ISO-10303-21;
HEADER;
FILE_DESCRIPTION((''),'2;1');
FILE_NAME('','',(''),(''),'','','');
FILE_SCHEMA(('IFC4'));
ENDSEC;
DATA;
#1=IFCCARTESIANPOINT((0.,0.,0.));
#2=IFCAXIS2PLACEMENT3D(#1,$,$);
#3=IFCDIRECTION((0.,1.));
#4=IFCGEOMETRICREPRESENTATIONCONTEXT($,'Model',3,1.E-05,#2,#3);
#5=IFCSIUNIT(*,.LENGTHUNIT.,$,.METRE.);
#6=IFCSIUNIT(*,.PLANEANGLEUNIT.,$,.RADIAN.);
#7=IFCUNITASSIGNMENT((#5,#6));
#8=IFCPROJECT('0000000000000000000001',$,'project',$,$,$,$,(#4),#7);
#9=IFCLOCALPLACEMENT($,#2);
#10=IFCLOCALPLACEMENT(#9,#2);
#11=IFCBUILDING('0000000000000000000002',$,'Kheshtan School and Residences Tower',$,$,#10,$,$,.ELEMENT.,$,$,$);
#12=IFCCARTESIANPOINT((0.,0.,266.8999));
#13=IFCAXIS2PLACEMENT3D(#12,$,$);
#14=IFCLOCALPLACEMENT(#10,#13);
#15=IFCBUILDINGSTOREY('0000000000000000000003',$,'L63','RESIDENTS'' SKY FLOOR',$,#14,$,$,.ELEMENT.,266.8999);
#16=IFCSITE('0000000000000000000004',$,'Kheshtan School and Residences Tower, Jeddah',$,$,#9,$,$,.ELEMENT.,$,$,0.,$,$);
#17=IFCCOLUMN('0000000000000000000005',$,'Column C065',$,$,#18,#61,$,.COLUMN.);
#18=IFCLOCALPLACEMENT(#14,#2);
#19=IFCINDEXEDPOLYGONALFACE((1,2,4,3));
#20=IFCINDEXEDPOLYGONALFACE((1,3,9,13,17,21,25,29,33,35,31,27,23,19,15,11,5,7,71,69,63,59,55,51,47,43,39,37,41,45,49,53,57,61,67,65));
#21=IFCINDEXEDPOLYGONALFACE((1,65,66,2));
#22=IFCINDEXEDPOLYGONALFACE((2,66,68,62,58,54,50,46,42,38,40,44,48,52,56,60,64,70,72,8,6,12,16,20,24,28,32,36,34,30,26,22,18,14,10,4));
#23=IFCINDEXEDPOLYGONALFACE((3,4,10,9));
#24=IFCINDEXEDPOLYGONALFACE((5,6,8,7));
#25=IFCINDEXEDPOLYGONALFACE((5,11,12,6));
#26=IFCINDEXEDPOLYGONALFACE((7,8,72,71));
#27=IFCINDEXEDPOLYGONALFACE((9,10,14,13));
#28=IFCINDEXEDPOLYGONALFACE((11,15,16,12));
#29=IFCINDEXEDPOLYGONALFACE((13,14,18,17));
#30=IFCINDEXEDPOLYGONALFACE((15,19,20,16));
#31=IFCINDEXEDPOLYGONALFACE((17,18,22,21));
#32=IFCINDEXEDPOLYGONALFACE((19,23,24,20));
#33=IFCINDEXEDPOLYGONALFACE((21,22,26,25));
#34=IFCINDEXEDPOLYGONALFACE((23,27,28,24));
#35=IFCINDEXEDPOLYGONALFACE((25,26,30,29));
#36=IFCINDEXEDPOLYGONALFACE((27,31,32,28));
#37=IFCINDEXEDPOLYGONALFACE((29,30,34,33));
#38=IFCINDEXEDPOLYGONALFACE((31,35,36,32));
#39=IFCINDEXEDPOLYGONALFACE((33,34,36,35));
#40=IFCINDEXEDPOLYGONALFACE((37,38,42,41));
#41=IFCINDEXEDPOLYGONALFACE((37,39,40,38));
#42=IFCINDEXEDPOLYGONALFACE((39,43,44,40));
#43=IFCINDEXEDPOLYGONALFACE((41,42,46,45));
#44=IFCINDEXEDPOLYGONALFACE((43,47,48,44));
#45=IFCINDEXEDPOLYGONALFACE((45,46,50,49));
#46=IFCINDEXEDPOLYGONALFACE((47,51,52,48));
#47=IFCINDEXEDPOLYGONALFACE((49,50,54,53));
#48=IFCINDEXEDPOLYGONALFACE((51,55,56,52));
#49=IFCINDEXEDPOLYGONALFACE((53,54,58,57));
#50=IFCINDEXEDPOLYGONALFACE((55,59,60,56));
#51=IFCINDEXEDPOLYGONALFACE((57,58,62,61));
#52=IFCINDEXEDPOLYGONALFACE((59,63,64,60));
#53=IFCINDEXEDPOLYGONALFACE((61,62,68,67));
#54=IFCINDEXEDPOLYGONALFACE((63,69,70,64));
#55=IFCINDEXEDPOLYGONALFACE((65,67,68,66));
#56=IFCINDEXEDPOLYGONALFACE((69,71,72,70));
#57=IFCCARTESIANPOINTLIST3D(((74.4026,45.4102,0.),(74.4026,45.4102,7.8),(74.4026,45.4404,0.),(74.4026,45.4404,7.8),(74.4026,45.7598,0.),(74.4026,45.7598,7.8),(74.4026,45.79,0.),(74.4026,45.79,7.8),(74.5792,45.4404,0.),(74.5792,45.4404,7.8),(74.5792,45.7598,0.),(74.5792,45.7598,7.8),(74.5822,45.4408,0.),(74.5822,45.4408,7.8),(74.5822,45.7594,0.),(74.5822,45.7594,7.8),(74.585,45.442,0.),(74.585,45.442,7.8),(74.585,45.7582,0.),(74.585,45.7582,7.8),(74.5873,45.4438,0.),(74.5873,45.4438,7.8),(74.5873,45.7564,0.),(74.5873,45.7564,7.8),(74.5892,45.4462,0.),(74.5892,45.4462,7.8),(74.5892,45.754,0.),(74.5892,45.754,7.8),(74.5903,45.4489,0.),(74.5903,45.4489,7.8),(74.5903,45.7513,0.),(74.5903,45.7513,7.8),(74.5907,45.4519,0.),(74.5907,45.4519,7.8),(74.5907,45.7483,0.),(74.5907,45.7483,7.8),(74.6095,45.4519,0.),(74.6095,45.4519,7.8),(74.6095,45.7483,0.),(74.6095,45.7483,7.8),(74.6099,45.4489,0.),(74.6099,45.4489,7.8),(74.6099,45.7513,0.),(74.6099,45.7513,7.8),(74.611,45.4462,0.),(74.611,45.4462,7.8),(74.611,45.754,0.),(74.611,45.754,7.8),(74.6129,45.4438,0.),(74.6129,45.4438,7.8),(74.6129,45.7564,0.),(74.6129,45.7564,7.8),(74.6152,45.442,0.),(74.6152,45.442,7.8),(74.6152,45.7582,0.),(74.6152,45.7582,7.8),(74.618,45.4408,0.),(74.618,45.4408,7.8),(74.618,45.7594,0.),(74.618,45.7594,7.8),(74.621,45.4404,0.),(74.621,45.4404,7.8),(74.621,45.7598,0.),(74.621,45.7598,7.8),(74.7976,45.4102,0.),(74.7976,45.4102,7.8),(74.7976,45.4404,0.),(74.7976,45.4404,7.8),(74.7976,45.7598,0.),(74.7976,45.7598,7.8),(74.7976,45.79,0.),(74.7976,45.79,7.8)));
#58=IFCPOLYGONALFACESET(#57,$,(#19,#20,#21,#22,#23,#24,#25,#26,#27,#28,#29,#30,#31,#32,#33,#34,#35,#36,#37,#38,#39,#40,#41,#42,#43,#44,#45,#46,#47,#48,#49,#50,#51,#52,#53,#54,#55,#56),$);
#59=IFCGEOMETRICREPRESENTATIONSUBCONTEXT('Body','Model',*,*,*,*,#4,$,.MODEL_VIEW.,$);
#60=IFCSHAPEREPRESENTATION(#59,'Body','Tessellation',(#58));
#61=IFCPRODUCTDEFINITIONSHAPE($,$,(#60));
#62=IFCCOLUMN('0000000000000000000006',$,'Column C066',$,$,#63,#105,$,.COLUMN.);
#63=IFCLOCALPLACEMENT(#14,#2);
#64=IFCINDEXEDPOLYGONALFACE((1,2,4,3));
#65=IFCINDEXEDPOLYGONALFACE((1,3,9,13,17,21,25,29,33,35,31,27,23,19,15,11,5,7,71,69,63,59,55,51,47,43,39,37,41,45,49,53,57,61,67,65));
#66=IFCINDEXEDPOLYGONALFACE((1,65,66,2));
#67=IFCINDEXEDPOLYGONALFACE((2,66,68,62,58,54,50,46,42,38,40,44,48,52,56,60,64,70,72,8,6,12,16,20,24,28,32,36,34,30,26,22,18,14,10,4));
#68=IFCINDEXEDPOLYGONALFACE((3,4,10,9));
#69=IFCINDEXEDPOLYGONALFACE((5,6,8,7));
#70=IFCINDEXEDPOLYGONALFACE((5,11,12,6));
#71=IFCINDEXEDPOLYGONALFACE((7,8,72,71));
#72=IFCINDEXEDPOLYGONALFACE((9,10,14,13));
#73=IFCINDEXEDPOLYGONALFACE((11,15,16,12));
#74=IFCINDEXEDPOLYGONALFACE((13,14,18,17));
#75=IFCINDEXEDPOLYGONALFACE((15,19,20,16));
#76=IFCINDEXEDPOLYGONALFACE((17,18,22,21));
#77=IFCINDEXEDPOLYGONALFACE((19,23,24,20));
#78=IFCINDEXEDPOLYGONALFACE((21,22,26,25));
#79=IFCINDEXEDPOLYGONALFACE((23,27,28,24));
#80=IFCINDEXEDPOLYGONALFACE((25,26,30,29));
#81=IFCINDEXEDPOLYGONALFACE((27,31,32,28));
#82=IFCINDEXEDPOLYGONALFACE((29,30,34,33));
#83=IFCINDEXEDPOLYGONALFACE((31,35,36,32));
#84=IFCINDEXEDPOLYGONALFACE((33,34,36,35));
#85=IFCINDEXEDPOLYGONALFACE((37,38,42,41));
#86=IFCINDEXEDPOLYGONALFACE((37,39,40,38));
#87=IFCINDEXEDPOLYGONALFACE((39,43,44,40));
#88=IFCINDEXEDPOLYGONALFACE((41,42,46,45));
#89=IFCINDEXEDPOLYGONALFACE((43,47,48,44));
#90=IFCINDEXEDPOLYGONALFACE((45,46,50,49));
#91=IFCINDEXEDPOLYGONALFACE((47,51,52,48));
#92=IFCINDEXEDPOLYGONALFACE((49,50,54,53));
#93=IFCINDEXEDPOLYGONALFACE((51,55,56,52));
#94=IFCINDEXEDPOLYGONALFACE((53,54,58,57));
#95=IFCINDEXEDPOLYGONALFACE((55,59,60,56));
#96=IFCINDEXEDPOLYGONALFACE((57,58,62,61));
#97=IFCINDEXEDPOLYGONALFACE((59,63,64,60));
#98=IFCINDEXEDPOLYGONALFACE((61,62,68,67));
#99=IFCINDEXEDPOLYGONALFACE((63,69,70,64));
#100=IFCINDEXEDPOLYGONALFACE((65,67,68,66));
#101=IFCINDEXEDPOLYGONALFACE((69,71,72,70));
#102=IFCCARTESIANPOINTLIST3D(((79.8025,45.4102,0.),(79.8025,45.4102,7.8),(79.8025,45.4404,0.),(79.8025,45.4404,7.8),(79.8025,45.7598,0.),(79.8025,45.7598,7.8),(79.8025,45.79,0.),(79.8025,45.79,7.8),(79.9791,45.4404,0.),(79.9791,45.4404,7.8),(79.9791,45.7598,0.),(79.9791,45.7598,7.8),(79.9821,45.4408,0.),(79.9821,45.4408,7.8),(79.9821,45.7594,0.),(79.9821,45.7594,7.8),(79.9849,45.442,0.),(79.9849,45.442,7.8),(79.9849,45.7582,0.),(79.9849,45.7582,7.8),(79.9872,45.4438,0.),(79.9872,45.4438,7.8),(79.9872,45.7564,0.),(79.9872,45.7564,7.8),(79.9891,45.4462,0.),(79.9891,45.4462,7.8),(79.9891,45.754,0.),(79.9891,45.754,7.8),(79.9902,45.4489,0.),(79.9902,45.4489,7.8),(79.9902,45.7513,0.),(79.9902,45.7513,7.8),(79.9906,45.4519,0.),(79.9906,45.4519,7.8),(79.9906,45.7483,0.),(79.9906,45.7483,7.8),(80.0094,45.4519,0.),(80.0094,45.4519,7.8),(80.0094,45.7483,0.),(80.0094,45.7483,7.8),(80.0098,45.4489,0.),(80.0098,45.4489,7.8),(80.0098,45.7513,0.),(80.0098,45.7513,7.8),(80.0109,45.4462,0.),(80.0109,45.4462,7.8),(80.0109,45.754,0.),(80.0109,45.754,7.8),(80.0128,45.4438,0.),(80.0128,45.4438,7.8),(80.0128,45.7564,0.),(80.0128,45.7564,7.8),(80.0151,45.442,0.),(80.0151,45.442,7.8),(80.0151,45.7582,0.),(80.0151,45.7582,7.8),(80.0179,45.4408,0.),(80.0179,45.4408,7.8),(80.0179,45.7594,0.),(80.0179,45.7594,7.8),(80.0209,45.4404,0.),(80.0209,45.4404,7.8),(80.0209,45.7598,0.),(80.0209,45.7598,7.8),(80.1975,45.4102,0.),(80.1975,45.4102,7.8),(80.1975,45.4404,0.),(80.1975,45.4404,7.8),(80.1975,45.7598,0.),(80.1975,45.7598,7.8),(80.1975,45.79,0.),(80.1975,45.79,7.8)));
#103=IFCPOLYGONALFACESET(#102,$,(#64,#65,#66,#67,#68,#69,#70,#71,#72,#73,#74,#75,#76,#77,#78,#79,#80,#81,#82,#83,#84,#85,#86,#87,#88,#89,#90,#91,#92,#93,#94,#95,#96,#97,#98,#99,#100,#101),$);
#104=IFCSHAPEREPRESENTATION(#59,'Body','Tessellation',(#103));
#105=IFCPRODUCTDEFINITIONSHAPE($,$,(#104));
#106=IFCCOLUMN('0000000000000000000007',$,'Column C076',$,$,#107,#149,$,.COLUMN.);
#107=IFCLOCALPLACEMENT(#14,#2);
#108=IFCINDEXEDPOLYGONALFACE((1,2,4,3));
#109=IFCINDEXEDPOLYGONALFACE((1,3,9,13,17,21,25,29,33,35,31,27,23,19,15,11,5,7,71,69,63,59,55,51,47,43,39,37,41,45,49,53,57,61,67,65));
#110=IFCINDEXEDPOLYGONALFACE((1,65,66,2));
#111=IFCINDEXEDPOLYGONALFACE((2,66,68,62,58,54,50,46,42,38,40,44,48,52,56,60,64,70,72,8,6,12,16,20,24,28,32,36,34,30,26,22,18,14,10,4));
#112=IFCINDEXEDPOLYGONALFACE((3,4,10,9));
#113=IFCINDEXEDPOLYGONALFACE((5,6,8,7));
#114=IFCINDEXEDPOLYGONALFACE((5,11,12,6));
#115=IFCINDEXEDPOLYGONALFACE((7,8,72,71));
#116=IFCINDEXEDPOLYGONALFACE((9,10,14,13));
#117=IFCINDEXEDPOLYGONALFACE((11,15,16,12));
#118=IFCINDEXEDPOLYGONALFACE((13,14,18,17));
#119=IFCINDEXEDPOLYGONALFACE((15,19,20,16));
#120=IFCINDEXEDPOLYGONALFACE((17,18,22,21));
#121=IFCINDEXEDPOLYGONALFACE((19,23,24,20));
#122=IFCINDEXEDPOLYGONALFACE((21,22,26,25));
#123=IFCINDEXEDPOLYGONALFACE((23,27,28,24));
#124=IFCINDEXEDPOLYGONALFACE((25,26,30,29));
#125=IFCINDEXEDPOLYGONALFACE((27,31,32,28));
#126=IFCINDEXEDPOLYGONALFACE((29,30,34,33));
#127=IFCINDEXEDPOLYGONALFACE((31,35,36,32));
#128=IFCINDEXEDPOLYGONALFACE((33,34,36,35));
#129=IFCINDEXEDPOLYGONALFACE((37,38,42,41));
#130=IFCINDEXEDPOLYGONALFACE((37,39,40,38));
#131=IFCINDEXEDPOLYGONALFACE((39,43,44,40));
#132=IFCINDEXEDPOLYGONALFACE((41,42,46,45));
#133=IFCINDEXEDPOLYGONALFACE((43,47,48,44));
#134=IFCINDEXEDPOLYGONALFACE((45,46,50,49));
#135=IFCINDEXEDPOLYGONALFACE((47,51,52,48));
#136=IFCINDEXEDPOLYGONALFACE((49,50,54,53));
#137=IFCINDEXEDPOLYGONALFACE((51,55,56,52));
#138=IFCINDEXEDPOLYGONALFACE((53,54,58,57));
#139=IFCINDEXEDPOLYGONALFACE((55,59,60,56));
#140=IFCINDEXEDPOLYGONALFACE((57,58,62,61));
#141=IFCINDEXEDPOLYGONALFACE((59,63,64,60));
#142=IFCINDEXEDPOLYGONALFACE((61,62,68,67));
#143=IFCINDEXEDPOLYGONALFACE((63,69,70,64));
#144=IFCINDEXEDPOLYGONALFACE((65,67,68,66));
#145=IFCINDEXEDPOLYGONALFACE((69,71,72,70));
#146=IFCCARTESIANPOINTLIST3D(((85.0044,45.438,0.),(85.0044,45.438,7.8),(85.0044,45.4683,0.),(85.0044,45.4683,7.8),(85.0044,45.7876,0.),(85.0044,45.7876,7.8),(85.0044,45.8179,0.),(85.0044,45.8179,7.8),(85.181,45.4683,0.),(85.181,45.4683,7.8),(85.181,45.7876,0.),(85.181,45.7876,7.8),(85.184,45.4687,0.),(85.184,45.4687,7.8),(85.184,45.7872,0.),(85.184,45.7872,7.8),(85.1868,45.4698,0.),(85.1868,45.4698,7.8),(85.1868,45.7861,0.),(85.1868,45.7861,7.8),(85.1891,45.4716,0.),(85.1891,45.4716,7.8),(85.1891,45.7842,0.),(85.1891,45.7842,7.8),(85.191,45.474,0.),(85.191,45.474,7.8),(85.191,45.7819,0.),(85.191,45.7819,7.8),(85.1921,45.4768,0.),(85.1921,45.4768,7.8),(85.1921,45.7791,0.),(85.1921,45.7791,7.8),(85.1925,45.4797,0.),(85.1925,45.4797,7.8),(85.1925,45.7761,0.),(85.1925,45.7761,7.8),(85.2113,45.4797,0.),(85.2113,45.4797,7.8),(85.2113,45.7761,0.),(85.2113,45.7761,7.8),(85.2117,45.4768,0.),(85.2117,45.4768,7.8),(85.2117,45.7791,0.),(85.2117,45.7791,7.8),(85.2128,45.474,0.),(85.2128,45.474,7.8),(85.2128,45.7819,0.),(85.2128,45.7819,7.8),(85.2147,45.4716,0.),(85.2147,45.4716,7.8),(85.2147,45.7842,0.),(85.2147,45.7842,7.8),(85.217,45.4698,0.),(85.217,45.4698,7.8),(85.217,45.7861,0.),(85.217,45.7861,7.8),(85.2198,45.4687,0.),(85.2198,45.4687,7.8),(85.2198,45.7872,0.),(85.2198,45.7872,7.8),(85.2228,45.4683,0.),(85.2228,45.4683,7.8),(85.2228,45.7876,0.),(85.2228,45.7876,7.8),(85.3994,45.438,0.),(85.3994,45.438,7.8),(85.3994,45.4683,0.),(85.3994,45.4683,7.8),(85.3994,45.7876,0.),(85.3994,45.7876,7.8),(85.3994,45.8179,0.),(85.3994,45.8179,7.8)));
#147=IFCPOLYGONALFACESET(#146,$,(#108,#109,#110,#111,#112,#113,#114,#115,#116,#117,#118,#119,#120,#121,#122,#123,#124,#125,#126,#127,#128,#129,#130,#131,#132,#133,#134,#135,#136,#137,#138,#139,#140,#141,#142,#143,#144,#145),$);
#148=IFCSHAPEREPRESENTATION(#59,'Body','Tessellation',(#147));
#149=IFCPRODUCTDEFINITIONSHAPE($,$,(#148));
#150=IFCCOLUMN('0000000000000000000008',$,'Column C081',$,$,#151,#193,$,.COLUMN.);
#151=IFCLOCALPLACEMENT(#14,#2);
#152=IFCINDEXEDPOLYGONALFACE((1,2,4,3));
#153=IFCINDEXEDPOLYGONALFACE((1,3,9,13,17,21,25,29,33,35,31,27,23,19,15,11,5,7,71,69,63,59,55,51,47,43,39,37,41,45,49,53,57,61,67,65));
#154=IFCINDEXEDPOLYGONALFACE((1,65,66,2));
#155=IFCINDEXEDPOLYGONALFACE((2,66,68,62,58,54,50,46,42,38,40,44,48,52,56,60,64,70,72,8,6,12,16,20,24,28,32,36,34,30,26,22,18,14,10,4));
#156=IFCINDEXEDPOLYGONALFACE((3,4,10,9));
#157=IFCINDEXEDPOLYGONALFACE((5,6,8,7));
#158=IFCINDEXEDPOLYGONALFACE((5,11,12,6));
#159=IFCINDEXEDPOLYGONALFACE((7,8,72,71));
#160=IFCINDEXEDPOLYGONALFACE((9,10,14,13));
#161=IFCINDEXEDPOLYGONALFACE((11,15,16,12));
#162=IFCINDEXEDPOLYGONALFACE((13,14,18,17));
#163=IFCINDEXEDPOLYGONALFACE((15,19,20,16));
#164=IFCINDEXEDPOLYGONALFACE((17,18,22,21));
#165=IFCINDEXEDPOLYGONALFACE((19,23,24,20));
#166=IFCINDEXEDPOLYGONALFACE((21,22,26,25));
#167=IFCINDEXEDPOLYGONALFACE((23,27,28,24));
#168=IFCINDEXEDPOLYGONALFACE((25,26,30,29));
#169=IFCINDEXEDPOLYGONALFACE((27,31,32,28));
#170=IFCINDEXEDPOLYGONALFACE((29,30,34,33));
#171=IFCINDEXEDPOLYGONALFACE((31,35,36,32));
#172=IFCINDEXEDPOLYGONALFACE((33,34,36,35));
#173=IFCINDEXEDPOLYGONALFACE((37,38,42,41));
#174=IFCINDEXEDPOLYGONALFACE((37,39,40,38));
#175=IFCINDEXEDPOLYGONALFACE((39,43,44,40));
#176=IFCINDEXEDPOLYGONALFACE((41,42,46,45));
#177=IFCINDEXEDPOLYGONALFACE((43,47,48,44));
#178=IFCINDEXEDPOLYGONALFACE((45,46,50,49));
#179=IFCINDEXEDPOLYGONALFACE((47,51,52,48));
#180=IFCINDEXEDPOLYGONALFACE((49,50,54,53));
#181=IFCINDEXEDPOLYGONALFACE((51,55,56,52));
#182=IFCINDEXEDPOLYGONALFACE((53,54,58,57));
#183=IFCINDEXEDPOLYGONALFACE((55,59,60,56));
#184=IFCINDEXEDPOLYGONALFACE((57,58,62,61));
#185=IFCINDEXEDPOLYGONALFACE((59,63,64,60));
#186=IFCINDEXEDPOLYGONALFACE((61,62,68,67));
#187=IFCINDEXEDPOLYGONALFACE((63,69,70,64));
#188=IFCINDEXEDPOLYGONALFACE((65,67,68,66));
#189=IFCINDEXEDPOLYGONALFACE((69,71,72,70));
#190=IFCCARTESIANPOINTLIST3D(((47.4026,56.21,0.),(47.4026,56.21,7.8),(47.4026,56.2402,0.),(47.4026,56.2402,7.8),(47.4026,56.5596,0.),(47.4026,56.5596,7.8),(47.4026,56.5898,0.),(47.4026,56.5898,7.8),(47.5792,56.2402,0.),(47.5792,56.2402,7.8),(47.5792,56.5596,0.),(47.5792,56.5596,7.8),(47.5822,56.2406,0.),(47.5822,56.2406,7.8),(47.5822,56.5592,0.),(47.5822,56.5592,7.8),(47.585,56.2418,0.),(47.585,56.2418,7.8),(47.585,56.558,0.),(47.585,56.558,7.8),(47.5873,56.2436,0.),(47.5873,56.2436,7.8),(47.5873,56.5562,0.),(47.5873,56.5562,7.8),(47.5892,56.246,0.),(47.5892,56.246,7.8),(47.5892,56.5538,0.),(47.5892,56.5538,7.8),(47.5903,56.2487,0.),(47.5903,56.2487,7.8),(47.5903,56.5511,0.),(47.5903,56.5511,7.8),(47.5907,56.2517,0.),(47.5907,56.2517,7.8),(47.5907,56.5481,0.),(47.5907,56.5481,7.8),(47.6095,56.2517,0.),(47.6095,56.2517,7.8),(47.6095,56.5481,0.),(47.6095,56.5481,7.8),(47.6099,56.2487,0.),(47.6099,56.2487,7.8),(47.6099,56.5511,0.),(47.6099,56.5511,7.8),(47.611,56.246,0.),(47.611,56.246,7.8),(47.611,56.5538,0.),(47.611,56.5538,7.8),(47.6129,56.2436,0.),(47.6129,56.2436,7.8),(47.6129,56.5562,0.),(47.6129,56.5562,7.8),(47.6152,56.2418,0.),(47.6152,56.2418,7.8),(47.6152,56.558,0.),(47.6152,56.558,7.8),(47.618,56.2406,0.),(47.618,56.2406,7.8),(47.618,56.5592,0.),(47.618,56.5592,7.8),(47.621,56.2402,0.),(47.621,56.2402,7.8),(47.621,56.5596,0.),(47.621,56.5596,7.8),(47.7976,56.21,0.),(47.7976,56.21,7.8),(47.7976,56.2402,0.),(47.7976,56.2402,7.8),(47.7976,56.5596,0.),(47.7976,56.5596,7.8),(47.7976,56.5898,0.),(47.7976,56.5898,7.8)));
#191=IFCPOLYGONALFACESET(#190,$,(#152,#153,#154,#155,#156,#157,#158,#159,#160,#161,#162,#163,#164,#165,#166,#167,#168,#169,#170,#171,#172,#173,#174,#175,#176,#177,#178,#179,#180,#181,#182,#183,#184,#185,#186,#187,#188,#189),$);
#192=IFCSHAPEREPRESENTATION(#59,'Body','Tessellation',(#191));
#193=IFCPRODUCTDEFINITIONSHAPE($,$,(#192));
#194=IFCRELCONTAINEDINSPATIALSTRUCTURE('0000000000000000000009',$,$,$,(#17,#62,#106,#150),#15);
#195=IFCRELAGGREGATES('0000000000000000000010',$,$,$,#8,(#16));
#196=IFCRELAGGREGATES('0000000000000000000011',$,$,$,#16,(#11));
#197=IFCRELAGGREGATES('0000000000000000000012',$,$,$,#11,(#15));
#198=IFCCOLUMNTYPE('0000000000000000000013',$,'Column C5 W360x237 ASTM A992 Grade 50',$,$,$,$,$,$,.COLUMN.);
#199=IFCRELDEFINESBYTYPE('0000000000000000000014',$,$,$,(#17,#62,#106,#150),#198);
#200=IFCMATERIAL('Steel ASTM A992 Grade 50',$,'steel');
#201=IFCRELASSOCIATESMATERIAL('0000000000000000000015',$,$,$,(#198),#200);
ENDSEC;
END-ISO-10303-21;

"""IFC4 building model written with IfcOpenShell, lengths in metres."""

from ifc_helpers import new_model, si_unit, direction, frame, origin, origin_2d, place, context, subcontext, project, spatial, i_section, extrude, material, material_profile, profile_set, type_object, element, save


model = new_model("IFC4")

# Units and contexts
model_context = context("Model", 3, precision=1e-05, world=origin(), true_north=direction((0.0, 1.0)))
body_context = subcontext(model_context, "Body", "Model", "MODEL_VIEW")
ifc_project = project(units=[si_unit("LENGTHUNIT", "METRE"), si_unit("PLANEANGLEUNIT", "RADIAN")], contexts=[model_context])

# Site, building, storey
site_placement = place(None, origin())
site = spatial("IfcSite", under=ifc_project, at=site_placement, Name="Kheshtan School and Residences Tower, Jeddah", CompositionType="ELEMENT", RefElevation=0.0)
building_placement = place(site_placement, origin())
building = spatial("IfcBuilding", under=site, at=building_placement, Name="Kheshtan School and Residences Tower", CompositionType="ELEMENT")
storey_placement = place(building_placement, frame((0.0, 0.0, 266.8999)))
storey = spatial("IfcBuildingStorey", under=building, at=storey_placement, Name="L63", Description="RESIDENTS' SKY FLOOR", CompositionType="ELEMENT", Elevation=266.8999)

# Columns
ifc_material_1 = material(Name="Steel ASTM A992 Grade 50", Category="steel")
ifc_material_profile_1 = material_profile(ifc_material_1, i_section(OverallWidth=0.395, OverallDepth=0.3799, WebThickness=0.0188, FlangeThickness=0.0303, FilletRadius=0.0115, at=origin_2d()), Name="W360x237")
ifc_profile_set_1 = profile_set([ifc_material_profile_1], Name="Steel ASTM A992 Grade 50")
column_type = type_object("IfcColumnType", Name="Column C5 W360x237 ASTM A992 Grade 50", PredefinedType="COLUMN", material=ifc_profile_set_1)
for number, where, z_axis, x_axis, name in (
    (1, (74.6001, 45.6001, 0.0), (0.0, 0.0, 1.0), (1.0, 0.0, 0.0), "Column C065"),
    (2, (80.0, 45.6001, 0.0), (0.0, 0.0, 1.0), (1.0, 0.0, 0.0), "Column C066"),
    (3, (85.2019, 45.6279, 0.0), (0.0, 0.0, 1.0), (1.0, 0.0, 0.0), "Column C076"),
    (4, (47.6001, 56.3999, 0.0), (0.0, 0.0, 1.0), (1.0, 0.0, 0.0), "Column C081"),
):
    element("IfcColumn", number, at=place(storey_placement, frame(where, z_axis=z_axis, x_axis=x_axis)), inside=storey, type_object=column_type, Name=name, PredefinedType="COLUMN", context=body_context, shape_type="SweptSolid", body=[
        extrude(i_section(OverallWidth=0.395, OverallDepth=0.3799, WebThickness=0.0188, FlangeThickness=0.0303, FilletRadius=0.0115, at=origin_2d()), origin(), (0.0, 0.0, 1.0), 7.8),
    ])

save(model, "model.ifc")
